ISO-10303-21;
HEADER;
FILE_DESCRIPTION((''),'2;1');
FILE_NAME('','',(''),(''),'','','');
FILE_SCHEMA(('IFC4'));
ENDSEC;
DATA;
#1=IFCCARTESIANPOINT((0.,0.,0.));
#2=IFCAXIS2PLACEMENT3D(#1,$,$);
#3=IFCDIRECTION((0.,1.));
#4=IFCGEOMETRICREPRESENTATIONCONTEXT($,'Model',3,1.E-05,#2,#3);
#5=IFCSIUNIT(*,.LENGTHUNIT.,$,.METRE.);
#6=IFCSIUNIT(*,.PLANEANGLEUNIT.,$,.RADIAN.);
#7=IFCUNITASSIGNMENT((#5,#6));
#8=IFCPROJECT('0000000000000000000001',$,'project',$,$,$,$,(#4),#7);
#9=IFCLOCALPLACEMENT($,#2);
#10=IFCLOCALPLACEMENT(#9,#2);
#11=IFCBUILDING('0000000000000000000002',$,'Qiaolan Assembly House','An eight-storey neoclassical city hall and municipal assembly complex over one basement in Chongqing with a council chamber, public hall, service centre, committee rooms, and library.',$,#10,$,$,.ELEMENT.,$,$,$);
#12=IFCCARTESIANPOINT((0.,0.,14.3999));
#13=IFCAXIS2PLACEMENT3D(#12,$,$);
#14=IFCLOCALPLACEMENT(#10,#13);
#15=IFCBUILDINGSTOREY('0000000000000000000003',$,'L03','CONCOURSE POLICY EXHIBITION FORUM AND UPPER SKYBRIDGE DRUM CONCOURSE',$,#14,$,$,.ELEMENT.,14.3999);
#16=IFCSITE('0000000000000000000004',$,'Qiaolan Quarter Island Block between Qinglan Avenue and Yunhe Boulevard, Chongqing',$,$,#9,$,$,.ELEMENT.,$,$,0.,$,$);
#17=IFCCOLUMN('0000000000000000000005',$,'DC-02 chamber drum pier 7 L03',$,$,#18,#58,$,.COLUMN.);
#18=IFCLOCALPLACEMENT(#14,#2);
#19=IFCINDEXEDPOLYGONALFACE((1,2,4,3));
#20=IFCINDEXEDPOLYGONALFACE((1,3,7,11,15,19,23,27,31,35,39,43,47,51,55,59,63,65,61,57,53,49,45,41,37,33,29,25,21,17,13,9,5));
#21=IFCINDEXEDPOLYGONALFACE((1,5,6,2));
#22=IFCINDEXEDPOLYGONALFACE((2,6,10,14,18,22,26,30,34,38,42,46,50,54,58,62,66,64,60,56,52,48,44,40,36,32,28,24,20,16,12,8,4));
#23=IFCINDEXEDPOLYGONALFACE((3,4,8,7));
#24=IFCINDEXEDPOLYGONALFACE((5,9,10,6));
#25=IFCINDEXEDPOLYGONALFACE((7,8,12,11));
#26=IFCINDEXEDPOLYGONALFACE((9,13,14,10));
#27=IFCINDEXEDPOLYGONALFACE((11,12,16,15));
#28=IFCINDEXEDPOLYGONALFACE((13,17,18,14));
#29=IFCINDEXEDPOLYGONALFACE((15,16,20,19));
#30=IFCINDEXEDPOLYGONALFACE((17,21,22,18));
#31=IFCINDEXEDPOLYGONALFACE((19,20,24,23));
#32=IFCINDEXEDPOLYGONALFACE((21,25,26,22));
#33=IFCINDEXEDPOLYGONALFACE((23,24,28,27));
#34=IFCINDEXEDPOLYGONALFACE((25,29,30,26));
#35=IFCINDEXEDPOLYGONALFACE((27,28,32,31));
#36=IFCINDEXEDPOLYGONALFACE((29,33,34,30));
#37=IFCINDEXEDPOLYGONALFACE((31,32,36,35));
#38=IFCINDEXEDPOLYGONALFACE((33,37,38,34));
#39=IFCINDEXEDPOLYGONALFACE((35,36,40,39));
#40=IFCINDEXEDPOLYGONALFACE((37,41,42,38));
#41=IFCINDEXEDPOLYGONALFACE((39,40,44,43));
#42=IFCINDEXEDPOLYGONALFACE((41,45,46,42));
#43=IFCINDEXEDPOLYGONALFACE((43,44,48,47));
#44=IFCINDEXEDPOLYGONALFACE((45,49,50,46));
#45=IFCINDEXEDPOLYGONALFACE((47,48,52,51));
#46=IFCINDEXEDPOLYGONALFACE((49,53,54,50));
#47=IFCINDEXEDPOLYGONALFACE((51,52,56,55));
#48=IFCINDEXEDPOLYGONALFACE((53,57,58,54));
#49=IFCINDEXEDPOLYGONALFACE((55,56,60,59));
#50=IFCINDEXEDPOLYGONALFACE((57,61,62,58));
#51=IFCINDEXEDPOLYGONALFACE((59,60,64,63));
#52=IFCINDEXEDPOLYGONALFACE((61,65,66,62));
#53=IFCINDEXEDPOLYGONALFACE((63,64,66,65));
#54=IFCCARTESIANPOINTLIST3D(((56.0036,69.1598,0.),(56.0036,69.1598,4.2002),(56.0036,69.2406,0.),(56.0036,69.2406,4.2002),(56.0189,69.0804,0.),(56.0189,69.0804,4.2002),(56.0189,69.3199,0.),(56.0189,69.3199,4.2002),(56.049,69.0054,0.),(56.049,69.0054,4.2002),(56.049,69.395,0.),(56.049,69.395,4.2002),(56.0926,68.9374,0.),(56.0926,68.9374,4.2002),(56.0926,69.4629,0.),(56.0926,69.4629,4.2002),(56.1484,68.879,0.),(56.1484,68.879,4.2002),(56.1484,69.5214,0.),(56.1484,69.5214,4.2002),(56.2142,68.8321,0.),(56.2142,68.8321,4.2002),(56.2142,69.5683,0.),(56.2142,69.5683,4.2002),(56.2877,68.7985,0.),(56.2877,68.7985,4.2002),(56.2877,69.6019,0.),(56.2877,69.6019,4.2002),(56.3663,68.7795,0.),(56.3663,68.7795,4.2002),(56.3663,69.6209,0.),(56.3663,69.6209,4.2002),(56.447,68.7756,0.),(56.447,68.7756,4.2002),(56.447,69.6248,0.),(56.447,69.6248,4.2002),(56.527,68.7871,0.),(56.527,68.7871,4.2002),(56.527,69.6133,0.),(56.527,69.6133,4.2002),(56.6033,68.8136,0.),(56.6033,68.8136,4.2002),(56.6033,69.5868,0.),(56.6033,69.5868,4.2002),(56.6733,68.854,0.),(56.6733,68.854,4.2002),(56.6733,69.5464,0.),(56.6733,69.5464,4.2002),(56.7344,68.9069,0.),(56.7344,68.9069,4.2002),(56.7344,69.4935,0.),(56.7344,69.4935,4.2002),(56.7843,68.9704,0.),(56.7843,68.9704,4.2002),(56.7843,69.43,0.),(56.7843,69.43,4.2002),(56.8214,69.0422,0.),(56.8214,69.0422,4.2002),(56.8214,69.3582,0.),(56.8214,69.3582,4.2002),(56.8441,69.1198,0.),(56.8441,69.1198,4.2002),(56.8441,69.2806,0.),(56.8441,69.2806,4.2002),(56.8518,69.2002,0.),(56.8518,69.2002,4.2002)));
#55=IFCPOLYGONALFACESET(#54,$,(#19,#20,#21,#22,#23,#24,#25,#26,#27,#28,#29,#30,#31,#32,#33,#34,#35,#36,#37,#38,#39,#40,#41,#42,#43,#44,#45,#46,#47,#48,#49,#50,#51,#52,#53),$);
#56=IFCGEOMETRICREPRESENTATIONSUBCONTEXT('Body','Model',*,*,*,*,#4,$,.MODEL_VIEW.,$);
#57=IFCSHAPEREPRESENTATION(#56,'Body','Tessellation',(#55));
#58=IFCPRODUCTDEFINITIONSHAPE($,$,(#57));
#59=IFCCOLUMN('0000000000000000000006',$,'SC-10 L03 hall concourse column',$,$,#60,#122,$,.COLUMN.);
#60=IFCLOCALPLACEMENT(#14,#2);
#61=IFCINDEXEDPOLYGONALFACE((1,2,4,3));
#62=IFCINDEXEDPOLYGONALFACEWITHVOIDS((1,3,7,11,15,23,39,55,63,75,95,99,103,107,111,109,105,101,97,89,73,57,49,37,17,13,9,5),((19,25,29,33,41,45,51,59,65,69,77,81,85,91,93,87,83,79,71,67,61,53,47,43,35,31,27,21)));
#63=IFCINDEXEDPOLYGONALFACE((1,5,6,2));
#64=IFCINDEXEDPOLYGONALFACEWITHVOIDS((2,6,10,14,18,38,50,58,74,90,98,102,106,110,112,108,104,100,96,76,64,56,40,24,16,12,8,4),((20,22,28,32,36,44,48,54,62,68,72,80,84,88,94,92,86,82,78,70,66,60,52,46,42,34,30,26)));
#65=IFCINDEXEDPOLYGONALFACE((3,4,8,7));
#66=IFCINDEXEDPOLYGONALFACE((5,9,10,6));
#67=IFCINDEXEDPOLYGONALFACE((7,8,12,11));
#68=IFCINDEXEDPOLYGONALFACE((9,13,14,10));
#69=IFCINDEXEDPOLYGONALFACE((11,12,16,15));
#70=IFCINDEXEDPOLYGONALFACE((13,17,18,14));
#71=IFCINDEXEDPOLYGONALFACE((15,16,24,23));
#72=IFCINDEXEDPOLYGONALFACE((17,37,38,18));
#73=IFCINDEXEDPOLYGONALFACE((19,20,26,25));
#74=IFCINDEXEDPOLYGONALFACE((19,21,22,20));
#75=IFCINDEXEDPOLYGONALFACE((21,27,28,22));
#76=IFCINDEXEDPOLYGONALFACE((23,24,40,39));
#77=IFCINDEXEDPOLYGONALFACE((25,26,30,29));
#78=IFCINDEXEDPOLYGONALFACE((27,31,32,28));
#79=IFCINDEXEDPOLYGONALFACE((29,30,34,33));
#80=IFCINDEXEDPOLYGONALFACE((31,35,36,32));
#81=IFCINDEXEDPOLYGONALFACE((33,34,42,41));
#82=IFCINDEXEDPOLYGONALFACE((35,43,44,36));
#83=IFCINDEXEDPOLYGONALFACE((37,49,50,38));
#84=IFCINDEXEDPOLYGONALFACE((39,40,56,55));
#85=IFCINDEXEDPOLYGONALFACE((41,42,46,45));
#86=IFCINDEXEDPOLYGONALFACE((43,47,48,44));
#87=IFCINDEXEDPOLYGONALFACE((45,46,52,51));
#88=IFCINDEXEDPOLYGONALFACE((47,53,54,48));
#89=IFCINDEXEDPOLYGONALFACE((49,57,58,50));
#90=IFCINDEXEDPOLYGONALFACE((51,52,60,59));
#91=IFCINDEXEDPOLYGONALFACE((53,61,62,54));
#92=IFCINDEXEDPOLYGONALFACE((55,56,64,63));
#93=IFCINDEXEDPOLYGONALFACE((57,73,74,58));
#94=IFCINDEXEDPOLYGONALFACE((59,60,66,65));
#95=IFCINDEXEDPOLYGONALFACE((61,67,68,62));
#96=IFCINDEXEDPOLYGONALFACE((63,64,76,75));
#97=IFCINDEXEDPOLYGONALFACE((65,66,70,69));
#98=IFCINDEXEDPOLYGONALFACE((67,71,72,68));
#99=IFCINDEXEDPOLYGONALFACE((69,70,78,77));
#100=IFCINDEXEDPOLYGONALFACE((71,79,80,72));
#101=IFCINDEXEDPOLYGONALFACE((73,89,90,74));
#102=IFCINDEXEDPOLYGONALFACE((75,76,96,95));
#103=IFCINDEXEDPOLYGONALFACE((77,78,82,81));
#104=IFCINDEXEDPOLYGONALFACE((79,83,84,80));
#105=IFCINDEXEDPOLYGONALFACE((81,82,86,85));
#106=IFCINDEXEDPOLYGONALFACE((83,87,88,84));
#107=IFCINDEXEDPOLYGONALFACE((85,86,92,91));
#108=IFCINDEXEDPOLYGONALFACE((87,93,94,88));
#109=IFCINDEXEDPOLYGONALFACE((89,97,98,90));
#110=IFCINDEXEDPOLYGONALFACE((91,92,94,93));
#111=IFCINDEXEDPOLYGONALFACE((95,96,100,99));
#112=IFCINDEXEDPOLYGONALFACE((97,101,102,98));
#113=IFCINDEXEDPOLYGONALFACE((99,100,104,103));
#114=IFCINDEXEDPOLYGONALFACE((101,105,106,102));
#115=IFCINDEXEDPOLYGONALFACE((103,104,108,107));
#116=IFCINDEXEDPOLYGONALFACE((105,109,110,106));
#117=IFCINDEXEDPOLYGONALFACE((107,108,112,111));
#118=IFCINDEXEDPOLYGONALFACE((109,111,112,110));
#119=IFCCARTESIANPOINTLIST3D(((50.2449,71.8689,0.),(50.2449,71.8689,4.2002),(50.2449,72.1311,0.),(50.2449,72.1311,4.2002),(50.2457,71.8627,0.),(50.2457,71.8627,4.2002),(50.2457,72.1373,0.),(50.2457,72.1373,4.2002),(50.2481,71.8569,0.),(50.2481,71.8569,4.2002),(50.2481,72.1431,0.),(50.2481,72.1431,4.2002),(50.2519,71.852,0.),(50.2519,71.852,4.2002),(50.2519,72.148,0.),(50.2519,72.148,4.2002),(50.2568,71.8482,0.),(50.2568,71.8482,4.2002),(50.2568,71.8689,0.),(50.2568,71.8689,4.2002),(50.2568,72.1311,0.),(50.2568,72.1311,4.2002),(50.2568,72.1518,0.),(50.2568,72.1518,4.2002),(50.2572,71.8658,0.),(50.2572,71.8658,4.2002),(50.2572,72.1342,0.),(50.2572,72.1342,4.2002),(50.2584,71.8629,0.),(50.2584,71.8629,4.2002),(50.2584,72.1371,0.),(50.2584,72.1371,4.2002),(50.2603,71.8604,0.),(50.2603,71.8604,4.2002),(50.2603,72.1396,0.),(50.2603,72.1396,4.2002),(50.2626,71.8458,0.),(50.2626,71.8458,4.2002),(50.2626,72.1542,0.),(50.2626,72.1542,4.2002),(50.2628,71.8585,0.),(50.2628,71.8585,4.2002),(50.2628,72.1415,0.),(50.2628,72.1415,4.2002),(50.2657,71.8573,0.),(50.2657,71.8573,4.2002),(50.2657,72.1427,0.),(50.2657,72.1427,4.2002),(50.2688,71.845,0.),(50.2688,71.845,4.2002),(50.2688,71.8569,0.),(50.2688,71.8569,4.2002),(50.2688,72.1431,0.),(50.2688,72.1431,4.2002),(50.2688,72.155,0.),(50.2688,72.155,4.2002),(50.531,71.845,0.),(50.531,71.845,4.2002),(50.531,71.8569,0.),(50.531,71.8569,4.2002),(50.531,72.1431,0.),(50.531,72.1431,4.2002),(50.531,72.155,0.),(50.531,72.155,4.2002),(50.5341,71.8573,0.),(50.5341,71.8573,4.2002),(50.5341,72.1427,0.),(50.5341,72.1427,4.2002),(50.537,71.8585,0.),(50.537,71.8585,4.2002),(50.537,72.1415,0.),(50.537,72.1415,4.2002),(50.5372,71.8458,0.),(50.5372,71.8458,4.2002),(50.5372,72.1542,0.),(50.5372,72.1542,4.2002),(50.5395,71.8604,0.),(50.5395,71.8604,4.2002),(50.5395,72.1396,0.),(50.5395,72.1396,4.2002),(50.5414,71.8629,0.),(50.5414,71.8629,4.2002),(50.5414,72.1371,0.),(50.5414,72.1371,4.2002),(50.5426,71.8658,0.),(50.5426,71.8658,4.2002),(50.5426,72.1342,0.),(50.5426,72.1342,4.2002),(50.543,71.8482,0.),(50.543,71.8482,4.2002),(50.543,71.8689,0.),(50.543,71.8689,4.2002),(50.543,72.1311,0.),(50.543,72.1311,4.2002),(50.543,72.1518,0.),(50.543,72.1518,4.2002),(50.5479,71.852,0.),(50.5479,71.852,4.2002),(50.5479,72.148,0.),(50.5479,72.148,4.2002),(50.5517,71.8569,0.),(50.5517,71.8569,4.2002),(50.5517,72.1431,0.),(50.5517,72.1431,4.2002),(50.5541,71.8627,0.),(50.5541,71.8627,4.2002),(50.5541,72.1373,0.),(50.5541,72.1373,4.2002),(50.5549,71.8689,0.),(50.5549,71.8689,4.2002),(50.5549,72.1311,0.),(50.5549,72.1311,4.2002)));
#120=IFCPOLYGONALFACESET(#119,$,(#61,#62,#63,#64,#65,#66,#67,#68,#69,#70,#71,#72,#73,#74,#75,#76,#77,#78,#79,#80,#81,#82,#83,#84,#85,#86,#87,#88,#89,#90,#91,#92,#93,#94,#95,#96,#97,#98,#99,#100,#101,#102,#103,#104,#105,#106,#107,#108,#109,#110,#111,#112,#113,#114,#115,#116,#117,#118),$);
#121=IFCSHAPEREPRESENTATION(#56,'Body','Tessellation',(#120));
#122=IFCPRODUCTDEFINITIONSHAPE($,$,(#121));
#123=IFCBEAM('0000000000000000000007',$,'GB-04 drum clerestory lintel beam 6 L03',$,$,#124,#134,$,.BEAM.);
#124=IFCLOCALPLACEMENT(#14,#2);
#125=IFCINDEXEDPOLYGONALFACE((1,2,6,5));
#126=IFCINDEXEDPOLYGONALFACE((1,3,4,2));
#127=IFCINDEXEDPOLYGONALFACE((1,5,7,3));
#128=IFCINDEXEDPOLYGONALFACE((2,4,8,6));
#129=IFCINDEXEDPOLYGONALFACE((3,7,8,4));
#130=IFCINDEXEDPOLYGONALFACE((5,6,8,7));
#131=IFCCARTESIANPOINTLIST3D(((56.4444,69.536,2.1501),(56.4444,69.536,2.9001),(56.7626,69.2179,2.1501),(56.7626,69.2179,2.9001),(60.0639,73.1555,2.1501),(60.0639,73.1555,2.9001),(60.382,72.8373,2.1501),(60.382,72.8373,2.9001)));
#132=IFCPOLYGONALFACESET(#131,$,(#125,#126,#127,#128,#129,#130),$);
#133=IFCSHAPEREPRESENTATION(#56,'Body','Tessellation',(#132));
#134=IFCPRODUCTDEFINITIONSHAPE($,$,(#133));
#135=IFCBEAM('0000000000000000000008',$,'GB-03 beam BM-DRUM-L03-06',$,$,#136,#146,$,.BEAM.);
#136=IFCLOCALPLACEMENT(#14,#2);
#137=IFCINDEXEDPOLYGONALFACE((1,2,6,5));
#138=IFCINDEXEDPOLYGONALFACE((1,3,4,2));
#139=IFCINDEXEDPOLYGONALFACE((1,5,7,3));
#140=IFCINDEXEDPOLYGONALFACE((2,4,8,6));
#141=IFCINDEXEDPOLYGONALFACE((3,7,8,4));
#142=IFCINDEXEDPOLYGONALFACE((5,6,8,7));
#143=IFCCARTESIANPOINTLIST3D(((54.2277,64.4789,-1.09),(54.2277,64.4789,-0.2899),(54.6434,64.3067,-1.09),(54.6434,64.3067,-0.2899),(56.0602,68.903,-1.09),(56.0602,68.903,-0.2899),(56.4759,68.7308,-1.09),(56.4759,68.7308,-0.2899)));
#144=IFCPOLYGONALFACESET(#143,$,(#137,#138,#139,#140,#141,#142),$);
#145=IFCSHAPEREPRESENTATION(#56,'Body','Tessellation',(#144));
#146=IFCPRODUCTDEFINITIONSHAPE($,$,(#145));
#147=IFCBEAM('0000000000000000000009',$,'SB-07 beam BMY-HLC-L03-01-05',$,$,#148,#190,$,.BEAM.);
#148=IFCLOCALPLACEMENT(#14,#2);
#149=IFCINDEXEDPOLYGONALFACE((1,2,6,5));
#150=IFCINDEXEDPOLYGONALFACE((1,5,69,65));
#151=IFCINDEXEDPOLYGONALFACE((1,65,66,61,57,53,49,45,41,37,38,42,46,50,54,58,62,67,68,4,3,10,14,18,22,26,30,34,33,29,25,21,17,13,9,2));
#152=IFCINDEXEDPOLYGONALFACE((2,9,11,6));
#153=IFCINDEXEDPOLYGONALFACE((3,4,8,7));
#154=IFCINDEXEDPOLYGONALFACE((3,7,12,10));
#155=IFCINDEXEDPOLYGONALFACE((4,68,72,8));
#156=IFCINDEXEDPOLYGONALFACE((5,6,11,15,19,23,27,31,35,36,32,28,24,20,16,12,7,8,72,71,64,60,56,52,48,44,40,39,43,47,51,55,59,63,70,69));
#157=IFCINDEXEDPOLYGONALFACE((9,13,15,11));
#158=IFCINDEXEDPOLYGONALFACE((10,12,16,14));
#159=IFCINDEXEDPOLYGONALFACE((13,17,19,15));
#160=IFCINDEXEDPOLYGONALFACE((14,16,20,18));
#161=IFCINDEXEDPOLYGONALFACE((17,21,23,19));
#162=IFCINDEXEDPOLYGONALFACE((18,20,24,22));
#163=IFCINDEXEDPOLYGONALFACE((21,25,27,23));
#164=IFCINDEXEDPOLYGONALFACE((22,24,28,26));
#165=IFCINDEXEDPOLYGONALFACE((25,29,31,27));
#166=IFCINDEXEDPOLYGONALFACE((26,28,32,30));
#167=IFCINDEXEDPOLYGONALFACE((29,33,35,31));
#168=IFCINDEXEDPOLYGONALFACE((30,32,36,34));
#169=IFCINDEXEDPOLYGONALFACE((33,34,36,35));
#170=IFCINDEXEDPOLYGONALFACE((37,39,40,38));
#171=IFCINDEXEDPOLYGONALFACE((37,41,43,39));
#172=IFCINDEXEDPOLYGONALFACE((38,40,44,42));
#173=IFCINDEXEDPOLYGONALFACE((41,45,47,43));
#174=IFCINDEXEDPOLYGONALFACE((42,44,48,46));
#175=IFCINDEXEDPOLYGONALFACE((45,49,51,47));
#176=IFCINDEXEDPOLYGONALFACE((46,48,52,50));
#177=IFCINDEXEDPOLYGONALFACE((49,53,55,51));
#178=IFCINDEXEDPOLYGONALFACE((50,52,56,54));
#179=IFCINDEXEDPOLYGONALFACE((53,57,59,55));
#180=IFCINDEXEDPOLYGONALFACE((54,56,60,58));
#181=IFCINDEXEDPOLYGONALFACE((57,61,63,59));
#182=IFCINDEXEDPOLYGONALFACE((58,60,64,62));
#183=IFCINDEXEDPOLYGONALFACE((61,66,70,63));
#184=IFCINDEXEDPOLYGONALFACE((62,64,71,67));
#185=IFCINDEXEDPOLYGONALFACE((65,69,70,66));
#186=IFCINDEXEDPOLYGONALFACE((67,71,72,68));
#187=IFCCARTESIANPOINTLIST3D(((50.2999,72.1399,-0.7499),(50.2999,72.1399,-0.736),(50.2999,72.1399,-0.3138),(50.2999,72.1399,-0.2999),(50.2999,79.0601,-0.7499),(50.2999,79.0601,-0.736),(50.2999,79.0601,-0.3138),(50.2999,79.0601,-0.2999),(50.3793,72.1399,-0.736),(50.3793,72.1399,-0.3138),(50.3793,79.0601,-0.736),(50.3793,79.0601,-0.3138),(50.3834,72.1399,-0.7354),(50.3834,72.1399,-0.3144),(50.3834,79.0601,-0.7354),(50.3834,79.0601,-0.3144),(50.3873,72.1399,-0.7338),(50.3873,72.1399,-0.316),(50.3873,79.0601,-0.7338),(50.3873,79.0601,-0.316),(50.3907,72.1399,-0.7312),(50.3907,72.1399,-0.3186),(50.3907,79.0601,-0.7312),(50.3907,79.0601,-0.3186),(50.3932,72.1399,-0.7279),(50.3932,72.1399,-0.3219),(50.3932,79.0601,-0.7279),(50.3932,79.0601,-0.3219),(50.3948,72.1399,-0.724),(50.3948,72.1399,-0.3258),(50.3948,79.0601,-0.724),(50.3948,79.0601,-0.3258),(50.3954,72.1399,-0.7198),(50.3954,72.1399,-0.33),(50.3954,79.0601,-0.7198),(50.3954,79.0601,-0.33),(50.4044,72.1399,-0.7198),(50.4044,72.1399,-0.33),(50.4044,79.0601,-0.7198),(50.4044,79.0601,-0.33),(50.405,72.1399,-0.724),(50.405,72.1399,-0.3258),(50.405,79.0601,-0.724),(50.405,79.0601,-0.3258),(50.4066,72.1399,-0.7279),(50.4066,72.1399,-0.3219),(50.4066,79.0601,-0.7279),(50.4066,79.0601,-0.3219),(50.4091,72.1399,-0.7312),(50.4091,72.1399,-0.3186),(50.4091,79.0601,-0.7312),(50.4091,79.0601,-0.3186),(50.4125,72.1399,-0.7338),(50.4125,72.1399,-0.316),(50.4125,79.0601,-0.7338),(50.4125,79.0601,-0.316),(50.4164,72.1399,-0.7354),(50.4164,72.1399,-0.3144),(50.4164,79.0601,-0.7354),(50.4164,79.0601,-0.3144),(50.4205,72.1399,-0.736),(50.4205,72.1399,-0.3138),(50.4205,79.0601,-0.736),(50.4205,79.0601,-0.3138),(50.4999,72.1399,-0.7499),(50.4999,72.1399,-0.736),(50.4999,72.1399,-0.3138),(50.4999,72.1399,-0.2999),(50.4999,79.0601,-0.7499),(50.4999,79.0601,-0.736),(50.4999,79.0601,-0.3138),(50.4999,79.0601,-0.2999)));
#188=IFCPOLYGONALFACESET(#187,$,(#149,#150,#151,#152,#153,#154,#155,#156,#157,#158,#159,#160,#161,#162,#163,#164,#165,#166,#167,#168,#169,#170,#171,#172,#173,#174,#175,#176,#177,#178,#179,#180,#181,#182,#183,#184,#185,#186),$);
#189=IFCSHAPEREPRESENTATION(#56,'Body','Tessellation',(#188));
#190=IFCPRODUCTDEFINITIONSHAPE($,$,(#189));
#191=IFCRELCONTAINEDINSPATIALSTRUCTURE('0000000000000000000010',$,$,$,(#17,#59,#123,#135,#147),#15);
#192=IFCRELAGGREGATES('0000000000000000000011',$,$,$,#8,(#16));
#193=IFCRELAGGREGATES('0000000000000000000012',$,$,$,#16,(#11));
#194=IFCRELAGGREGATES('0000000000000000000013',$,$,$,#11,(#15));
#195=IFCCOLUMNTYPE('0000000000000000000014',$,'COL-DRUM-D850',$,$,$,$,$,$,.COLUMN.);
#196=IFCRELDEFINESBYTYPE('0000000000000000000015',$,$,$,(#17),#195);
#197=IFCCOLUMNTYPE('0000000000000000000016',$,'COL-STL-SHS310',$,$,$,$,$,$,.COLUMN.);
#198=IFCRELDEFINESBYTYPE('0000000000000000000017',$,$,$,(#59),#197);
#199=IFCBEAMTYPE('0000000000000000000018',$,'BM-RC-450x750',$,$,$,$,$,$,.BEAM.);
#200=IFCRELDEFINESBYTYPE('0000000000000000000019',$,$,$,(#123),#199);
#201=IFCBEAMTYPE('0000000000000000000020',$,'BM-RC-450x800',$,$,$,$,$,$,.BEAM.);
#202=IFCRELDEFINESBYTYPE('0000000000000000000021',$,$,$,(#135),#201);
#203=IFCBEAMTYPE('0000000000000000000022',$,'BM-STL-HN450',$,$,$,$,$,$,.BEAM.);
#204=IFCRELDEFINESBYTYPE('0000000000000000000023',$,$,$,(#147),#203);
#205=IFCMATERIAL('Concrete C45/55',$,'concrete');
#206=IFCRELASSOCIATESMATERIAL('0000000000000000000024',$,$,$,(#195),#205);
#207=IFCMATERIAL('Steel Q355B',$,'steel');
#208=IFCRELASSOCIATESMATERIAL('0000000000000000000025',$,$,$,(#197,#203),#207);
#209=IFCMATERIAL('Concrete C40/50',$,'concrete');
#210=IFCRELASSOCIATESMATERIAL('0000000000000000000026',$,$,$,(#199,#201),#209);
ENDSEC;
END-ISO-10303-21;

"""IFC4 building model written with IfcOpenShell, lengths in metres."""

from ifc_helpers import new_model, si_unit, direction, frame, origin, origin_2d, place, context, subcontext, project, spatial, rectangle, hollow_rectangle, circle, i_section, extrude, material, material_profile, profile_set, type_object, element, save


model = new_model("IFC4")

# Units and contexts
model_context = context("Model", 3, precision=1e-05, world=origin(), true_north=direction((0.0, 1.0)))
body_context = subcontext(model_context, "Body", "Model", "MODEL_VIEW")
ifc_project = project(units=[si_unit("LENGTHUNIT", "METRE"), si_unit("PLANEANGLEUNIT", "RADIAN")], contexts=[model_context])

# Site, building, storey
site_placement = place(None, origin())
site = spatial("IfcSite", under=ifc_project, at=site_placement, Name="Qiaolan Quarter Island Block between Qinglan Avenue and Yunhe Boulevard, Chongqing", CompositionType="ELEMENT", RefElevation=0.0)
building_placement = place(site_placement, origin())
building = spatial("IfcBuilding", under=site, at=building_placement, Name="Qiaolan Assembly House", Description="An eight-storey neoclassical city hall and municipal assembly complex over one basement in Chongqing with a council chamber, public hall, service centre, committee rooms, and library.", CompositionType="ELEMENT")
storey_placement = place(building_placement, frame((0.0, 0.0, 14.3999)))
storey = spatial("IfcBuildingStorey", under=building, at=storey_placement, Name="L03", Description="CONCOURSE POLICY EXHIBITION FORUM AND UPPER SKYBRIDGE DRUM CONCOURSE", CompositionType="ELEMENT", Elevation=14.3999)

# Columns
ifc_material_1 = material(Name="Concrete C45/55", Category="concrete")
ifc_material_profile_1 = material_profile(ifc_material_1, circle(Radius=0.425, at=origin_2d()), Name="CIRC D850")
ifc_profile_set_1 = profile_set([ifc_material_profile_1], Name="Concrete C45/55")
column_type_1 = type_object("IfcColumnType", Name="COL-DRUM-D850", PredefinedType="COLUMN", material=ifc_profile_set_1)
column_1_placement = place(storey_placement, frame((56.4268, 69.2002, 0.0), z_axis=(0.0, 0.0, 1.0), x_axis=(1.0, 0.0, 0.0)))
element("IfcColumn", 1, at=column_1_placement, inside=storey, type_object=column_type_1, Name="DC-02 chamber drum pier 7 L03", PredefinedType="COLUMN", context=body_context, shape_type="SweptSolid", body=[
    extrude(circle(Radius=0.425, at=origin_2d()), origin(), (0.0, 0.0, 1.0), 4.2002),
])
ifc_material_2 = material(Name="Steel Q355B", Category="steel")
ifc_material_profile_2 = material_profile(ifc_material_2, hollow_rectangle(XDim=0.3101, YDim=0.3101, WallThickness=0.012, InnerFilletRadius=0.012, OuterFilletRadius=0.0239, at=origin_2d()), Name="SHS 310x310x12")
ifc_profile_set_2 = profile_set([ifc_material_profile_2], Name="Steel Q355B")
column_type_2 = type_object("IfcColumnType", Name="COL-STL-SHS310", PredefinedType="COLUMN", material=ifc_profile_set_2)
column_2_placement = place(storey_placement, frame((50.3999, 72.0, 0.0), z_axis=(0.0, 0.0, 1.0), x_axis=(1.0, 0.0, 0.0)))
element("IfcColumn", 2, at=column_2_placement, inside=storey, type_object=column_type_2, Name="SC-10 L03 hall concourse column", PredefinedType="COLUMN", context=body_context, shape_type="SweptSolid", body=[
    extrude(hollow_rectangle(XDim=0.3101, YDim=0.3101, WallThickness=0.012, InnerFilletRadius=0.012, OuterFilletRadius=0.0239, at=origin_2d()), origin(), (0.0, 0.0, 1.0), 4.2002),
])

# Beams
ifc_material_3 = material(Name="Concrete C40/50", Category="concrete")
ifc_material_profile_3 = material_profile(ifc_material_3, rectangle(XDim=0.45, YDim=0.75, at=origin_2d()), Name="RCB 450x750")
ifc_profile_set_3 = profile_set([ifc_material_profile_3], Name="Concrete C40/50")
beam_type_1 = type_object("IfcBeamType", Name="BM-RC-450x750", PredefinedType="BEAM", material=ifc_profile_set_3)
beam_1_placement = place(storey_placement, frame((56.6035, 69.377, 2.5251), z_axis=(0.707107, 0.707107, 0.0), x_axis=(-0.707107, 0.707107, 0.0)))
element("IfcBeam", 3, at=beam_1_placement, inside=storey, type_object=beam_type_1, Name="GB-04 drum clerestory lintel beam 6 L03", PredefinedType="BEAM", context=body_context, shape_type="SweptSolid", body=[
    extrude(rectangle(XDim=0.45, YDim=0.75, at=origin_2d()), origin(), (0.0, 0.0, 1.0), 5.1187),
])
ifc_material_profile_4 = material_profile(ifc_material_3, rectangle(XDim=0.45, YDim=0.8, at=origin_2d()), Name="RCB 450x800")
ifc_profile_set_4 = profile_set([ifc_material_profile_4], Name="Concrete C40/50")
beam_type_2 = type_object("IfcBeamType", Name="BM-RC-450x800", PredefinedType="BEAM", material=ifc_profile_set_4)
beam_2_placement = place(storey_placement, frame((56.2681, 68.8169, -0.6899), z_axis=(-0.382685, -0.923879, 0.0), x_axis=(0.923879, -0.382685, 0.0)))
element("IfcBeam", 4, at=beam_2_placement, inside=storey, type_object=beam_type_2, Name="GB-03 beam BM-DRUM-L03-06", PredefinedType="BEAM", context=body_context, shape_type="SweptSolid", body=[
    extrude(rectangle(XDim=0.45, YDim=0.8, at=origin_2d()), origin(), (0.0, 0.0, 1.0), 4.7886),
])
ifc_material_profile_5 = material_profile(ifc_material_2, i_section(OverallWidth=0.2, OverallDepth=0.45, WebThickness=0.009, FlangeThickness=0.0139, FilletRadius=0.0161, at=origin_2d()), Name="HN 450x200x9x14")
ifc_profile_set_5 = profile_set([ifc_material_profile_5], Name="Steel Q355B")
beam_type_3 = type_object("IfcBeamType", Name="BM-STL-HN450", PredefinedType="BEAM", material=ifc_profile_set_5)
beam_3_placement = place(storey_placement, frame((50.3999, 72.1399, -0.5249), z_axis=(0.0, 1.0, 0.0), x_axis=(-1.0, 0.0, 0.0)))
element("IfcBeam", 5, at=beam_3_placement, inside=storey, type_object=beam_type_3, Name="SB-07 beam BMY-HLC-L03-01-05", PredefinedType="BEAM", context=body_context, shape_type="SweptSolid", body=[
    extrude(i_section(OverallWidth=0.2, OverallDepth=0.45, WebThickness=0.009, FlangeThickness=0.0139, FilletRadius=0.0161, at=origin_2d()), origin(), (0.0, 0.0, 1.0), 6.9202),
])

save(model, "model.ifc")
